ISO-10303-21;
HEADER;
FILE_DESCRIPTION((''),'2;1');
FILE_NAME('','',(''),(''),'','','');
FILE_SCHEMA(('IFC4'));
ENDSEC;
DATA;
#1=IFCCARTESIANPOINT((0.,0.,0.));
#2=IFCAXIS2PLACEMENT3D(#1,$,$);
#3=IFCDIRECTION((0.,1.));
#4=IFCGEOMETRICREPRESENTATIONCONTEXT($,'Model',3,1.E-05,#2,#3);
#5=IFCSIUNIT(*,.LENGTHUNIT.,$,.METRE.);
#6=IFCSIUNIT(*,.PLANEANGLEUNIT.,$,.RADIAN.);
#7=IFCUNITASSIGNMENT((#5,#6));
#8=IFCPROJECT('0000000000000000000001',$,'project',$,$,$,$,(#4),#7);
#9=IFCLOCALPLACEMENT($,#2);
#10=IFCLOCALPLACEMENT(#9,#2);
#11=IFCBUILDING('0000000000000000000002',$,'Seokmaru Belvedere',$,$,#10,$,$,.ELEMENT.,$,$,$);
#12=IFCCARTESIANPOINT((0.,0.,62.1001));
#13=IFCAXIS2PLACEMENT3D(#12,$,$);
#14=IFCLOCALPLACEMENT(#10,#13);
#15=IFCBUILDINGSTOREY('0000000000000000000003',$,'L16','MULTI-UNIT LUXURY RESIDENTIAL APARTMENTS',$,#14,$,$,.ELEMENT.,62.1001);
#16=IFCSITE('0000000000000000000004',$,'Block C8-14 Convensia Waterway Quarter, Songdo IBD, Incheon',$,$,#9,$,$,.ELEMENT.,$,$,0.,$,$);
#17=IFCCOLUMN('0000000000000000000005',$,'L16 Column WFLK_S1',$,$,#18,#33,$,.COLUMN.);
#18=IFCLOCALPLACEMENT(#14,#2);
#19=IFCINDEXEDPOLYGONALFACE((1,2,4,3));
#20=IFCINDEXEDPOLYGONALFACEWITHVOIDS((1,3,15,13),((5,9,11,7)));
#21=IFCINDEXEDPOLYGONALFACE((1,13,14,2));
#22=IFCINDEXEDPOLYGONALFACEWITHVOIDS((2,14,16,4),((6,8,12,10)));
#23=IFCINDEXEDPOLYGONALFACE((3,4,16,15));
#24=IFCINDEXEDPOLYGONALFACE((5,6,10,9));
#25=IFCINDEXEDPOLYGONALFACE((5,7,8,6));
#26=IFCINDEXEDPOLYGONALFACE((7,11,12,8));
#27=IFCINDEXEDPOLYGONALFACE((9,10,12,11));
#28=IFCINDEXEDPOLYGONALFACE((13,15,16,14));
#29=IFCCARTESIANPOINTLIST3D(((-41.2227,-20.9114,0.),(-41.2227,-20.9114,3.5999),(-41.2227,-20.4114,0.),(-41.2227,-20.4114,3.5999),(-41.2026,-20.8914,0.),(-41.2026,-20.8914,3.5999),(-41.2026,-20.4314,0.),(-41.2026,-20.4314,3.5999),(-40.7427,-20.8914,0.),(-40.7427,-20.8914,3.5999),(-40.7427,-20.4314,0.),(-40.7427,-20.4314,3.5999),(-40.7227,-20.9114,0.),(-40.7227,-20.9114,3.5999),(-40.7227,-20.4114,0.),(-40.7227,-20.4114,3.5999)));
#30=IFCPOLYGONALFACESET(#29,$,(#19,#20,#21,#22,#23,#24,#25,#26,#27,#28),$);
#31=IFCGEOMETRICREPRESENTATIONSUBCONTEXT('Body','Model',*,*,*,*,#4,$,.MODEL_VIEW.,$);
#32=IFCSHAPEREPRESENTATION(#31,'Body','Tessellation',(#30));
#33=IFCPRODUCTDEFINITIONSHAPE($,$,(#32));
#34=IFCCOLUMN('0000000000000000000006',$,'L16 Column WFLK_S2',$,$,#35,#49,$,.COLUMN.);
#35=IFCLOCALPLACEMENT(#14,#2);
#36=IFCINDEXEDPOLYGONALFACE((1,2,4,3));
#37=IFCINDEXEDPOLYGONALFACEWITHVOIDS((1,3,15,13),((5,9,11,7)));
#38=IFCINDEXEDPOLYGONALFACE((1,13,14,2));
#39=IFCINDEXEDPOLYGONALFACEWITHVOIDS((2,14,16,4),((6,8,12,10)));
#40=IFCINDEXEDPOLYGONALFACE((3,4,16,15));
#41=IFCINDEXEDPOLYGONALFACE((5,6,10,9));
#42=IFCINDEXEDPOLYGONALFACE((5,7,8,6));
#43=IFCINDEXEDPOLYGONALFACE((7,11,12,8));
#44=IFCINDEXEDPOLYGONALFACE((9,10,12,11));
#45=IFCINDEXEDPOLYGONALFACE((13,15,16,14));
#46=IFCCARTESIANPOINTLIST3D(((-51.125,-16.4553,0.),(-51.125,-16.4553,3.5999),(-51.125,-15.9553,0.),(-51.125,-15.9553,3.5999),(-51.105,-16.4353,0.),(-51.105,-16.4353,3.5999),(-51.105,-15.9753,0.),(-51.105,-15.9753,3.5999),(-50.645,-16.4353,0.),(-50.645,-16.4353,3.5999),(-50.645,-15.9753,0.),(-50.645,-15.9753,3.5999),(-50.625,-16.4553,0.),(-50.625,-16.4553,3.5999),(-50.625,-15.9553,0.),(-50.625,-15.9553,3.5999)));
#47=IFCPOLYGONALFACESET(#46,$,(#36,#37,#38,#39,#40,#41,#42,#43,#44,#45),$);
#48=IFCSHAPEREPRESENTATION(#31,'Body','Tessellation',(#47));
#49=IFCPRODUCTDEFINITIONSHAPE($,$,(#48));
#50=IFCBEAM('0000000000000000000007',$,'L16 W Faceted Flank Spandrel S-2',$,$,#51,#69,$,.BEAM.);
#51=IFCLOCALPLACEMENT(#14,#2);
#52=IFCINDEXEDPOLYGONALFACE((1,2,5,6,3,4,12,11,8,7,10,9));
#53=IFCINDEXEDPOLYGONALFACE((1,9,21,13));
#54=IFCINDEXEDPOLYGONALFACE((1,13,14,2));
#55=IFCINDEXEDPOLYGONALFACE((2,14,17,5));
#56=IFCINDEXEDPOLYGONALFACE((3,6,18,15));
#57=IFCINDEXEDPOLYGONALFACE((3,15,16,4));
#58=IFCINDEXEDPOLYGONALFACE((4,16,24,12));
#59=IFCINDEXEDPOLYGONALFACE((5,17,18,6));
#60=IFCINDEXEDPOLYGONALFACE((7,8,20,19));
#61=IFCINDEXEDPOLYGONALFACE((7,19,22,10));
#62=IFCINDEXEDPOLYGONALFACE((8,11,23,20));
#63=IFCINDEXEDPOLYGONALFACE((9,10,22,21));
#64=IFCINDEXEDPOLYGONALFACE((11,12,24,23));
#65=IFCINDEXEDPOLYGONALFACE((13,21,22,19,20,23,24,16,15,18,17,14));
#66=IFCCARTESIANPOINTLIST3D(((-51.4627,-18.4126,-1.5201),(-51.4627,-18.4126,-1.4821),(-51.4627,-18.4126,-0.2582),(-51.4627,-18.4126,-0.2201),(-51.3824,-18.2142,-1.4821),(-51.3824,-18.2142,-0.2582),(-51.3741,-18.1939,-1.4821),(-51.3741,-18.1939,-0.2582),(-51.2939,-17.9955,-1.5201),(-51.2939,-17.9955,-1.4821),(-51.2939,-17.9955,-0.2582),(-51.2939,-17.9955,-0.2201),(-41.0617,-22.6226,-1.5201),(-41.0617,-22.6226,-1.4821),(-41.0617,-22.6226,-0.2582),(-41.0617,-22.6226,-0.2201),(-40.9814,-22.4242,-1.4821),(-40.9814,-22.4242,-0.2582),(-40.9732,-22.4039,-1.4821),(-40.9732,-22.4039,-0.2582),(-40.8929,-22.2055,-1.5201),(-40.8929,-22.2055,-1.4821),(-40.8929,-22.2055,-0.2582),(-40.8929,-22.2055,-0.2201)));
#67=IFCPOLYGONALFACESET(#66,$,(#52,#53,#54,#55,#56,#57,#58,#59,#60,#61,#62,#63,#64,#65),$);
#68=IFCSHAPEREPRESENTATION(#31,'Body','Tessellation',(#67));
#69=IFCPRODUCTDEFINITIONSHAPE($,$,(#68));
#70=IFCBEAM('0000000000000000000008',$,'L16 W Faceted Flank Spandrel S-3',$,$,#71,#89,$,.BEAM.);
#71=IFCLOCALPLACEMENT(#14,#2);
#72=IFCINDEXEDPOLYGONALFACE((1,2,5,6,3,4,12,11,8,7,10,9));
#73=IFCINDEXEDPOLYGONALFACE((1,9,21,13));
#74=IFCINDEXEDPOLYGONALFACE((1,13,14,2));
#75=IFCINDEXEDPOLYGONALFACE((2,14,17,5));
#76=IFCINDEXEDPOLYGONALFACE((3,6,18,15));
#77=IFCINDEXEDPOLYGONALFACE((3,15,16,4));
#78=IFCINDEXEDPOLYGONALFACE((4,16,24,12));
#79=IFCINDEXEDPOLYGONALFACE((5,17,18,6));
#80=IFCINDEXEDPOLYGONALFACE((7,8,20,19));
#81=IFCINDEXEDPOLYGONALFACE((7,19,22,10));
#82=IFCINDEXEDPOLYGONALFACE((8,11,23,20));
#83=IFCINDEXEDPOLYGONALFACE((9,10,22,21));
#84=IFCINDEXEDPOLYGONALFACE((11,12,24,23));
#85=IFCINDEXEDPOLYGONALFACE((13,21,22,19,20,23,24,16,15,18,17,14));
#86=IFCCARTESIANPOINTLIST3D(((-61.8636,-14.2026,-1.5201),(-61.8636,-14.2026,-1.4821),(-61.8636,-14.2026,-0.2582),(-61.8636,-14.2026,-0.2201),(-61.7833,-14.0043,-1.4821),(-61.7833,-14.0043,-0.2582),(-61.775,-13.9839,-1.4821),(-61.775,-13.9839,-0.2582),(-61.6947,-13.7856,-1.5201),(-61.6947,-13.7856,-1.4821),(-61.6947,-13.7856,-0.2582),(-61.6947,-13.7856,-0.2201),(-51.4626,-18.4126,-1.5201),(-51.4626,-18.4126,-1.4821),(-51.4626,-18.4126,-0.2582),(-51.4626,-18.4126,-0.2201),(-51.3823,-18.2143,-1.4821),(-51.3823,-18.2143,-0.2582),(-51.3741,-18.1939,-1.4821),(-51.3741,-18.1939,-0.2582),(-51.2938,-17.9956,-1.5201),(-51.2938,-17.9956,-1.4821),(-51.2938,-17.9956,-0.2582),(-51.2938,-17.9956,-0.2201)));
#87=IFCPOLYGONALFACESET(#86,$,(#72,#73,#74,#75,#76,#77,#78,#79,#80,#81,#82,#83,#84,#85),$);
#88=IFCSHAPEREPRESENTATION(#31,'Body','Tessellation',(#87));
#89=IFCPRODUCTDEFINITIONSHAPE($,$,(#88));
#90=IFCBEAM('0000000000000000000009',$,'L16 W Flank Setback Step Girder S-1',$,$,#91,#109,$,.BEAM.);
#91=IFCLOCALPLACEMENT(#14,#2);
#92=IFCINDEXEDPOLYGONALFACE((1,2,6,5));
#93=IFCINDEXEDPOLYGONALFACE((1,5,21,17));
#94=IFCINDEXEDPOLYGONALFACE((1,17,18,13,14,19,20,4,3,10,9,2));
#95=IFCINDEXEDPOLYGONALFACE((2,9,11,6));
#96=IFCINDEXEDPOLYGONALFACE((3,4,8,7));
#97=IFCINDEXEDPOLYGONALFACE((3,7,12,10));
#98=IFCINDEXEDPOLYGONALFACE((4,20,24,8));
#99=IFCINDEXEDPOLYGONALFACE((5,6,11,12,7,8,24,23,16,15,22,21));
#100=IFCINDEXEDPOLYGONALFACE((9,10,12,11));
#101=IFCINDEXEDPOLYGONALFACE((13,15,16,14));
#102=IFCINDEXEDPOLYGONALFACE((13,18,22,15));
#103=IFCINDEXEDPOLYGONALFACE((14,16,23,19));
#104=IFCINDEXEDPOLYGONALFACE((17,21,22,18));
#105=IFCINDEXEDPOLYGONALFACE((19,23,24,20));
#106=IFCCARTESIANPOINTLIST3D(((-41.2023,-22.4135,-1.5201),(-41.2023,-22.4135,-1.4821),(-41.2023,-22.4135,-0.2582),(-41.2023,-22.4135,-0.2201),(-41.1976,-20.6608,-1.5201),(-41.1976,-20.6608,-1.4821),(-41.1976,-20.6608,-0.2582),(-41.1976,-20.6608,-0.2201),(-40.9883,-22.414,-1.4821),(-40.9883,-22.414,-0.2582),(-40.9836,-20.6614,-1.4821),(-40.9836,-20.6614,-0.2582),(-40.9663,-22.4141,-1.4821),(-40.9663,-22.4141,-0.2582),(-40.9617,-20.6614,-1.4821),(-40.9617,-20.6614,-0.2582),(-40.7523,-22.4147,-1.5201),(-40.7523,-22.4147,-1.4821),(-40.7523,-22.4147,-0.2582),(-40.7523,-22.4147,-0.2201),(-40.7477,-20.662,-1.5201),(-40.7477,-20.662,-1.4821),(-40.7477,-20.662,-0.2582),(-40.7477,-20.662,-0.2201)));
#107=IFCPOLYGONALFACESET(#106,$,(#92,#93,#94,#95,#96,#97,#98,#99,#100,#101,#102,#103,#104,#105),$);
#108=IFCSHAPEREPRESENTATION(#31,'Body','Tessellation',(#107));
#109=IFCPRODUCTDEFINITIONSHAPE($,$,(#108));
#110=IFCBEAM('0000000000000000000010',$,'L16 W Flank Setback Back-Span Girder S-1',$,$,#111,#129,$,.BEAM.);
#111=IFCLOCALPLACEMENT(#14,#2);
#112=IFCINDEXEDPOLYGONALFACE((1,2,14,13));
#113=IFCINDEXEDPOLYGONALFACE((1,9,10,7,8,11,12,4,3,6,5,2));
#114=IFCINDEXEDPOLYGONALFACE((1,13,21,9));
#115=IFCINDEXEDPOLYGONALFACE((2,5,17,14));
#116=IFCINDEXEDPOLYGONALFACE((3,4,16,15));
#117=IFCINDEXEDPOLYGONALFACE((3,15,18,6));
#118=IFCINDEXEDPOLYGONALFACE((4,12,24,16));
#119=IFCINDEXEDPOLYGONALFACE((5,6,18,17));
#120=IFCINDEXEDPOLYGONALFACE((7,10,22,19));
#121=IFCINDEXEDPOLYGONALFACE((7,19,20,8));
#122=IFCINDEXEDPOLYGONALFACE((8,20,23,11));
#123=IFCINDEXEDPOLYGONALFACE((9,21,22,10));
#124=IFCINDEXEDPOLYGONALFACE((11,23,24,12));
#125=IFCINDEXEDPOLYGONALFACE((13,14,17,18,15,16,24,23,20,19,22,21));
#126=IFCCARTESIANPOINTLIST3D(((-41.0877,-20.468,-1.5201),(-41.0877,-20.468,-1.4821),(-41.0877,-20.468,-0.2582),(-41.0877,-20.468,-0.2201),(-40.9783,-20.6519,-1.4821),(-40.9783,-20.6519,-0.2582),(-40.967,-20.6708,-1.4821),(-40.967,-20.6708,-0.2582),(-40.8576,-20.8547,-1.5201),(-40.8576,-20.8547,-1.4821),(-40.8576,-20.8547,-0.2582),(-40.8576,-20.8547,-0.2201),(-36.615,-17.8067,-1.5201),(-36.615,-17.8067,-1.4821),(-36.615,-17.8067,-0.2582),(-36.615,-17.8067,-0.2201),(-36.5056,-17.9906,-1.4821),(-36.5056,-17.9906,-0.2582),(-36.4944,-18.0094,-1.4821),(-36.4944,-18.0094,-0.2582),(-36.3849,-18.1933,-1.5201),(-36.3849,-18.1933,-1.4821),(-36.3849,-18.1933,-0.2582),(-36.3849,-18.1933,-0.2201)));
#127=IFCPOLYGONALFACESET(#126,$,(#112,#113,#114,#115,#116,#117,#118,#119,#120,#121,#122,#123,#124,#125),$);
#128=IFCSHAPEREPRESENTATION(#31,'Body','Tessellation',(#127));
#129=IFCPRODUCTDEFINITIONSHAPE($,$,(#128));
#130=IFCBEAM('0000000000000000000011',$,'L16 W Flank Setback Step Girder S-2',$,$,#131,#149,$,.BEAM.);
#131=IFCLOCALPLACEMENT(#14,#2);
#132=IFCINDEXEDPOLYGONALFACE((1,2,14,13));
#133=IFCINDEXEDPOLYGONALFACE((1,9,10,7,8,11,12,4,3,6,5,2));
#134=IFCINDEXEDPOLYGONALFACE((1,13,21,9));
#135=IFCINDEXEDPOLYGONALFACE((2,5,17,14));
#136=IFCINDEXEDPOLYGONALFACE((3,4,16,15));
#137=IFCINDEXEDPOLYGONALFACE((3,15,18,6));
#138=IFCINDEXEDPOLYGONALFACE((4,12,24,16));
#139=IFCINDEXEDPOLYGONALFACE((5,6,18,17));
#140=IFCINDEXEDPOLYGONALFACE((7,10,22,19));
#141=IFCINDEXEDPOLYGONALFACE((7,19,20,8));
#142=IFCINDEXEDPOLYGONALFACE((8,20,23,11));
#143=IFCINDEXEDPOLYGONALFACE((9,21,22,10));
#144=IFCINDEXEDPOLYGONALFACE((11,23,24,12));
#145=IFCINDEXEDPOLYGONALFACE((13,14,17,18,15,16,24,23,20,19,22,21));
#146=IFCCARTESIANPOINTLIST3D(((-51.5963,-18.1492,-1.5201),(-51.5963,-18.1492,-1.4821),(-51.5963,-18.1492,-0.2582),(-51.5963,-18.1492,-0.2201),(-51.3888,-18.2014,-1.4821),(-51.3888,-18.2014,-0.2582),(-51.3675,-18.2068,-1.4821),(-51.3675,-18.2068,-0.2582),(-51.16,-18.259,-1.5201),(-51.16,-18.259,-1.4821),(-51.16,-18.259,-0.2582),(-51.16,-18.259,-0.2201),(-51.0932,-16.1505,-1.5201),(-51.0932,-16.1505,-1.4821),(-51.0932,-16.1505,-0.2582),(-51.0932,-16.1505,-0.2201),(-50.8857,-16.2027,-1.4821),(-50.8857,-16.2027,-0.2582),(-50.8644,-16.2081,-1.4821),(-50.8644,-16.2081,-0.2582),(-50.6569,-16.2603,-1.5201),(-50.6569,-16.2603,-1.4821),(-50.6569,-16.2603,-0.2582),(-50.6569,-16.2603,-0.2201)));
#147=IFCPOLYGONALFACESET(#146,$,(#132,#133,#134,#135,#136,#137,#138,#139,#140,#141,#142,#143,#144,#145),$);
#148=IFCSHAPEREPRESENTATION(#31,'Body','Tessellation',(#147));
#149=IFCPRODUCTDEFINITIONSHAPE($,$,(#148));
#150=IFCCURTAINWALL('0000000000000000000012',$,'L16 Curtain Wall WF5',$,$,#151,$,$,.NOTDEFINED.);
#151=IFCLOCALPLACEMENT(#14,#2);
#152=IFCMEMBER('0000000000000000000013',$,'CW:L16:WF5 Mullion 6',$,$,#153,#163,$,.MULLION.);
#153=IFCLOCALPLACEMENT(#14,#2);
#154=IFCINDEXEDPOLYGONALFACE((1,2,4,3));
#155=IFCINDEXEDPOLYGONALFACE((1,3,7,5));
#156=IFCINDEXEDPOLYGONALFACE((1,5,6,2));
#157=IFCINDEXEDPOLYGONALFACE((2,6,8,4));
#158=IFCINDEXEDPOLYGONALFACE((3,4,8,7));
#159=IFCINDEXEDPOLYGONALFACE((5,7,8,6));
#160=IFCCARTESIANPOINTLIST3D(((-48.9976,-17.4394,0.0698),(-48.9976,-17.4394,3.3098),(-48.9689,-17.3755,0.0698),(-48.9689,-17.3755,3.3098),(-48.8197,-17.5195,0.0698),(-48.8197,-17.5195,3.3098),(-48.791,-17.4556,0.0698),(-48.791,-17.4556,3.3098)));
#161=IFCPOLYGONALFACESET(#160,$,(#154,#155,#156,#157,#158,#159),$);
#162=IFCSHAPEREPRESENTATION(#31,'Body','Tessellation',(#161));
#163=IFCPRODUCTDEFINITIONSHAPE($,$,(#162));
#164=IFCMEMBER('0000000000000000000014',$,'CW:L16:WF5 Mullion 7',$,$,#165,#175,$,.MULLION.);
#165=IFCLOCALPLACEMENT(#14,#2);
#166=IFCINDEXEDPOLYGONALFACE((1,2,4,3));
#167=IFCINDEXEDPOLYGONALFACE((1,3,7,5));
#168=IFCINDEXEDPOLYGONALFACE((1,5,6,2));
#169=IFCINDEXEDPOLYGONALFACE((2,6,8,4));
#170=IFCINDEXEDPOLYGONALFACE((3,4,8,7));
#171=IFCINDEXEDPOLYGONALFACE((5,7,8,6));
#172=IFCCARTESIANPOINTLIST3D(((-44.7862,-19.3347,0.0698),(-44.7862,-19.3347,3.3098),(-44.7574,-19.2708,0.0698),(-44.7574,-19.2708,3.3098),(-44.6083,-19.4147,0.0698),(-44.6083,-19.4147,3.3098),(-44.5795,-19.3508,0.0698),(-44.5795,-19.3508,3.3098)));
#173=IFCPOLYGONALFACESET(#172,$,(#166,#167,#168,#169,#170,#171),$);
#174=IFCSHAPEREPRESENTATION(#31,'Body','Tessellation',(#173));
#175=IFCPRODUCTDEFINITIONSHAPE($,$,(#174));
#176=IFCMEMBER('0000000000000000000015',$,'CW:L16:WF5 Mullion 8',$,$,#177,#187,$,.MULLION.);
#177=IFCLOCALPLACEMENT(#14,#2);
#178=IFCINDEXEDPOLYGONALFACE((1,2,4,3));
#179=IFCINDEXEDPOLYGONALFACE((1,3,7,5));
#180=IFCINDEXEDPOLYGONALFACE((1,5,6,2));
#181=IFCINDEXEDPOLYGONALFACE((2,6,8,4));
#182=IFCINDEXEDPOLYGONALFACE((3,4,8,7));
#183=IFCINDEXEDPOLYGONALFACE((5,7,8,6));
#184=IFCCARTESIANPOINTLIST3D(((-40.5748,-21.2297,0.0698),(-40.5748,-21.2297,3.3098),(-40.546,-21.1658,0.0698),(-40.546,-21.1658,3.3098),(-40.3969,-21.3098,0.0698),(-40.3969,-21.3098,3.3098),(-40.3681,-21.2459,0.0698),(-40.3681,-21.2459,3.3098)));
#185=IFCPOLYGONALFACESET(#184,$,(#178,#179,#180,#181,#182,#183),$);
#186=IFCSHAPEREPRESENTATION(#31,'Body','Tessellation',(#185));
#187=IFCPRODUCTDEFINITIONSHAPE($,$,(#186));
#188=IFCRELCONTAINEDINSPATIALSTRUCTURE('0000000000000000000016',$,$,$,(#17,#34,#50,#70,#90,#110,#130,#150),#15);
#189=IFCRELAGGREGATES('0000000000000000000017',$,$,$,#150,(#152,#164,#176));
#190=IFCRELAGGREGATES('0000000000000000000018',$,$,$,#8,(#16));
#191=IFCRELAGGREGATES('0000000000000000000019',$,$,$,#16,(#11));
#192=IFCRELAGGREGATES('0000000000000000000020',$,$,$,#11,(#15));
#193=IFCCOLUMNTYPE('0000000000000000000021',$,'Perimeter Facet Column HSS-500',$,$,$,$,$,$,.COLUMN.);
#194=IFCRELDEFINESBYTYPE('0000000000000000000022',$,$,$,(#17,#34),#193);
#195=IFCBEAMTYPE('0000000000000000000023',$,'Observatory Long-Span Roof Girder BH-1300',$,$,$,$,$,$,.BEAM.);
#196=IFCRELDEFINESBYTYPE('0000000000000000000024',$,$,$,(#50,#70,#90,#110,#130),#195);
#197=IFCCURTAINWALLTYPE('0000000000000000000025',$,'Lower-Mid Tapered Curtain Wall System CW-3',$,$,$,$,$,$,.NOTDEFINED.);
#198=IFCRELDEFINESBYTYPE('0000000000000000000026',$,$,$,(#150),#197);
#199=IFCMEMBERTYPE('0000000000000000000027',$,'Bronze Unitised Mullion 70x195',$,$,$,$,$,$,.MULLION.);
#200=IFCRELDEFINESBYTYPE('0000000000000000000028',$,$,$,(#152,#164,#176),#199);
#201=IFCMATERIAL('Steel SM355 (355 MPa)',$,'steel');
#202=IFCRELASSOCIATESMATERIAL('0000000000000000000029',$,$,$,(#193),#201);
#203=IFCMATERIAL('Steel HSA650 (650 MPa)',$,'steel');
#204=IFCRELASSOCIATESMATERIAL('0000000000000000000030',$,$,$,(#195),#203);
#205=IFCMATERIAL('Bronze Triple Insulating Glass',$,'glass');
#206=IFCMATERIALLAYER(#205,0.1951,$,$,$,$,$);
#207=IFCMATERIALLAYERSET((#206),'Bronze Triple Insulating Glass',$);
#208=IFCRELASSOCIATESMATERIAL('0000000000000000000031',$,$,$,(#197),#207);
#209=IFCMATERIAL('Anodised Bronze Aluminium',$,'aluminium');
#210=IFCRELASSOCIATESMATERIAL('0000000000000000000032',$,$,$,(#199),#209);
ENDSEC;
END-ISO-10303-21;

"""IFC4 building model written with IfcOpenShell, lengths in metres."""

from ifc_helpers import new_model, si_unit, direction, frame, origin, origin_2d, place, context, subcontext, project, spatial, rectangle, hollow_rectangle, i_section, extrude, source, transform, mapped, material, layer, layer_set, material_profile, profile_set, type_object, type_shapes, element, aggregate, save


model = new_model("IFC4")

# Units and contexts
model_context = context("Model", 3, precision=1e-05, world=origin(), true_north=direction((0.0, 1.0)))
body_context = subcontext(model_context, "Body", "Model", "MODEL_VIEW")
ifc_project = project(units=[si_unit("LENGTHUNIT", "METRE"), si_unit("PLANEANGLEUNIT", "RADIAN")], contexts=[model_context])

# Site, building, storey
site_placement = place(None, origin())
site = spatial("IfcSite", under=ifc_project, at=site_placement, Name="Block C8-14 Convensia Waterway Quarter, Songdo IBD, Incheon", CompositionType="ELEMENT", RefElevation=0.0)
building_placement = place(site_placement, origin())
building = spatial("IfcBuilding", under=site, at=building_placement, Name="Seokmaru Belvedere", CompositionType="ELEMENT")
storey_placement = place(building_placement, frame((0.0, 0.0, 62.1001)))
storey = spatial("IfcBuildingStorey", under=building, at=storey_placement, Name="L16", Description="MULTI-UNIT LUXURY RESIDENTIAL APARTMENTS", CompositionType="ELEMENT", Elevation=62.1001)

# Columns
ifc_material_1 = material(Name="Steel SM355 (355 MPa)", Category="steel")
ifc_material_profile_1 = material_profile(ifc_material_1, hollow_rectangle(XDim=0.5, YDim=0.5, WallThickness=0.02, at=origin_2d()), Name="HSS-500x500x20")
ifc_profile_set_1 = profile_set([ifc_material_profile_1], Name="Steel SM355 (355 MPa)")
column_type = type_object("IfcColumnType", Name="Perimeter Facet Column HSS-500", PredefinedType="COLUMN", material=ifc_profile_set_1)
shared_shape_1 = source(origin(), body_context, "Body", "SweptSolid", [
    extrude(hollow_rectangle(XDim=0.5, YDim=0.5, WallThickness=0.02, at=origin_2d()), origin(), (0.0, 0.0, 1.0), 3.5999),
])
type_shapes(column_type, [shared_shape_1])
for number, where, z_axis, x_axis, name in (
    (1, (-40.9727, -20.6614, 0.0), (0.0, 0.0, 1.0), (1.0, 0.0, 0.0), "L16 Column WFLK_S1"),
    (2, (-50.875, -16.2053, 0.0), (0.0, 0.0, 1.0), (1.0, 0.0, 0.0), "L16 Column WFLK_S2"),
):
    element("IfcColumn", number, at=place(storey_placement, frame(where, z_axis=z_axis, x_axis=x_axis)), inside=storey, type_object=column_type, Name=name, PredefinedType="COLUMN", context=body_context, shape_type="MappedRepresentation", body=[
        mapped(shared_shape_1, transform((0.0, 0.0, 0.0), scale=1.0)),
    ])

# Beams
ifc_material_2 = material(Name="Steel HSA650 (650 MPa)", Category="steel")
ifc_material_profile_2 = material_profile(ifc_material_2, i_section(OverallWidth=0.45, OverallDepth=1.3, WebThickness=0.022, FlangeThickness=0.0381, at=origin_2d()), Name="BH-1300x450x22x38")
ifc_profile_set_2 = profile_set([ifc_material_profile_2], Name="Steel HSA650 (650 MPa)")
beam_type = type_object("IfcBeamType", Name="Observatory Long-Span Roof Girder BH-1300", PredefinedType="BEAM", material=ifc_profile_set_2)
shared_shape_2 = source(origin(), body_context, "Body", "SweptSolid", [
    extrude(i_section(OverallWidth=0.45, OverallDepth=1.3, WebThickness=0.022, FlangeThickness=0.0381, at=origin_2d()), origin(), (0.0, 0.0, 1.0), 11.2207),
])
for number, where, z_axis, x_axis, name in (
    (3, (-40.9773, -22.4141, -0.8701), (-0.926944, 0.375199, 0.0), (-0.375199, -0.926944, 0.0), "L16 W Faceted Flank Spandrel S-2"),
    (4, (-51.3782, -18.2041, -0.8701), (-0.926944, 0.375199, 0.0), (-0.375199, -0.926944, 0.0), "L16 W Faceted Flank Spandrel S-3"),
):
    element("IfcBeam", number, at=place(storey_placement, frame(where, z_axis=z_axis, x_axis=x_axis)), inside=storey, type_object=beam_type, Name=name, PredefinedType="BEAM", context=body_context, shape_type="MappedRepresentation", body=[
        mapped(shared_shape_2, transform((0.0, 0.0, 0.0), scale=1.0)),
    ])
shared_shape_3 = source(origin(), body_context, "Body", "SweptSolid", [
    extrude(i_section(OverallWidth=0.45, OverallDepth=1.3, WebThickness=0.022, FlangeThickness=0.0381, at=origin_2d()), origin(), (0.0, 0.0, 1.0), 1.7527),
])
beam_1_placement = place(storey_placement, frame((-40.9773, -22.4141, -0.8701), z_axis=(0.002647, 0.999996, 0.0), x_axis=(-0.999996, 0.002647, 0.0)))
element("IfcBeam", 5, at=beam_1_placement, inside=storey, type_object=beam_type, Name="L16 W Flank Setback Step Girder S-1", PredefinedType="BEAM", context=body_context, shape_type="MappedRepresentation", body=[
    mapped(shared_shape_3, transform((0.0, 0.0, 0.0), scale=1.0)),
])
shared_shape_4 = source(origin(), body_context, "Body", "SweptSolid", [
    extrude(i_section(OverallWidth=0.45, OverallDepth=1.3, WebThickness=0.022, FlangeThickness=0.0381, at=origin_2d()), origin(), (0.0, 0.0, 1.0), 5.2046),
])
beam_2_placement = place(storey_placement, frame((-40.9727, -20.6614, -0.8701), z_axis=(0.85937, 0.511354, 0.0), x_axis=(-0.511354, 0.85937, 0.0)))
element("IfcBeam", 6, at=beam_2_placement, inside=storey, type_object=beam_type, Name="L16 W Flank Setback Back-Span Girder S-1", PredefinedType="BEAM", context=body_context, shape_type="MappedRepresentation", body=[
    mapped(shared_shape_4, transform((0.0, 0.0, 0.0), scale=1.0)),
])
shared_shape_5 = source(origin(), body_context, "Body", "SweptSolid", [
    extrude(i_section(OverallWidth=0.45, OverallDepth=1.3, WebThickness=0.022, FlangeThickness=0.0381, at=origin_2d()), origin(), (0.0, 0.0, 1.0), 2.061),
])
type_shapes(beam_type, [shared_shape_2, shared_shape_3, shared_shape_4, shared_shape_5])
beam_3_placement = place(storey_placement, frame((-51.3782, -18.2041, -0.8701), z_axis=(0.244124, 0.969744, 0.0), x_axis=(-0.969744, 0.244124, 0.0)))
element("IfcBeam", 7, at=beam_3_placement, inside=storey, type_object=beam_type, Name="L16 W Flank Setback Step Girder S-2", PredefinedType="BEAM", context=body_context, shape_type="MappedRepresentation", body=[
    mapped(shared_shape_5, transform((0.0, 0.0, 0.0), scale=1.0)),
])

# Curtain wall, members
ifc_material_3 = material(Name="Bronze Triple Insulating Glass", Category="glass")
ifc_layer_1 = layer(ifc_material_3, 0.1951)
ifc_layer_set_1 = layer_set([ifc_layer_1], Name="Bronze Triple Insulating Glass")
curtain_wall_type = type_object("IfcCurtainWallType", Name="Lower-Mid Tapered Curtain Wall System CW-3", PredefinedType="NOTDEFINED", material=ifc_layer_set_1)
curtain_wall_placement = place(storey_placement, origin())
curtain_wall = element("IfcCurtainWall", 8, at=curtain_wall_placement, inside=storey, type_object=curtain_wall_type, Name="L16 Curtain Wall WF5", PredefinedType="NOTDEFINED")
ifc_material_4 = material(Name="Anodised Bronze Aluminium", Category="aluminium")
ifc_material_profile_3 = material_profile(ifc_material_4, rectangle(XDim=0.0701, YDim=0.1951, at=origin_2d()), Name="CW-M-70x195")
ifc_profile_set_3 = profile_set([ifc_material_profile_3], Name="Anodised Bronze Aluminium")
member_type = type_object("IfcMemberType", Name="Bronze Unitised Mullion 70x195", PredefinedType="MULLION", material=ifc_profile_set_3)
shared_shape_6 = source(origin(), body_context, "Body", "SweptSolid", [
    extrude(rectangle(XDim=0.0701, YDim=0.1951, at=origin_2d()), origin(), (0.0, 0.0, 1.0), 3.24),
])
type_shapes(member_type, [shared_shape_6])
member_1_placement = place(storey_placement, frame((-48.8943, -17.4475, 0.0698), z_axis=(0.0, 0.0, 1.0), x_axis=(0.410366, 0.911921, 0.0)))
member_1 = element("IfcMember", 9, at=member_1_placement, type_object=member_type, Name="CW:L16:WF5 Mullion 6", PredefinedType="MULLION", context=body_context, shape_type="MappedRepresentation", body=[
    mapped(shared_shape_6, transform((0.0, 0.0, 0.0), scale=1.0)),
])
member_2_placement = place(storey_placement, frame((-44.6829, -19.3428, 0.0698), z_axis=(0.0, 0.0, 1.0), x_axis=(0.410366, 0.911921, 0.0)))
member_2 = element("IfcMember", 10, at=member_2_placement, type_object=member_type, Name="CW:L16:WF5 Mullion 7", PredefinedType="MULLION", context=body_context, shape_type="MappedRepresentation", body=[
    mapped(shared_shape_6, transform((0.0, 0.0, 0.0), scale=1.0)),
])
member_3_placement = place(storey_placement, frame((-40.4714, -21.2378, 0.0698), z_axis=(0.0, 0.0, 1.0), x_axis=(0.410366, 0.911921, 0.0)))
member_3 = element("IfcMember", 11, at=member_3_placement, type_object=member_type, Name="CW:L16:WF5 Mullion 8", PredefinedType="MULLION", context=body_context, shape_type="MappedRepresentation", body=[
    mapped(shared_shape_6, transform((0.0, 0.0, 0.0), scale=1.0)),
])
aggregate(curtain_wall, [member_1, member_2, member_3])

save(model, "model.ifc")
